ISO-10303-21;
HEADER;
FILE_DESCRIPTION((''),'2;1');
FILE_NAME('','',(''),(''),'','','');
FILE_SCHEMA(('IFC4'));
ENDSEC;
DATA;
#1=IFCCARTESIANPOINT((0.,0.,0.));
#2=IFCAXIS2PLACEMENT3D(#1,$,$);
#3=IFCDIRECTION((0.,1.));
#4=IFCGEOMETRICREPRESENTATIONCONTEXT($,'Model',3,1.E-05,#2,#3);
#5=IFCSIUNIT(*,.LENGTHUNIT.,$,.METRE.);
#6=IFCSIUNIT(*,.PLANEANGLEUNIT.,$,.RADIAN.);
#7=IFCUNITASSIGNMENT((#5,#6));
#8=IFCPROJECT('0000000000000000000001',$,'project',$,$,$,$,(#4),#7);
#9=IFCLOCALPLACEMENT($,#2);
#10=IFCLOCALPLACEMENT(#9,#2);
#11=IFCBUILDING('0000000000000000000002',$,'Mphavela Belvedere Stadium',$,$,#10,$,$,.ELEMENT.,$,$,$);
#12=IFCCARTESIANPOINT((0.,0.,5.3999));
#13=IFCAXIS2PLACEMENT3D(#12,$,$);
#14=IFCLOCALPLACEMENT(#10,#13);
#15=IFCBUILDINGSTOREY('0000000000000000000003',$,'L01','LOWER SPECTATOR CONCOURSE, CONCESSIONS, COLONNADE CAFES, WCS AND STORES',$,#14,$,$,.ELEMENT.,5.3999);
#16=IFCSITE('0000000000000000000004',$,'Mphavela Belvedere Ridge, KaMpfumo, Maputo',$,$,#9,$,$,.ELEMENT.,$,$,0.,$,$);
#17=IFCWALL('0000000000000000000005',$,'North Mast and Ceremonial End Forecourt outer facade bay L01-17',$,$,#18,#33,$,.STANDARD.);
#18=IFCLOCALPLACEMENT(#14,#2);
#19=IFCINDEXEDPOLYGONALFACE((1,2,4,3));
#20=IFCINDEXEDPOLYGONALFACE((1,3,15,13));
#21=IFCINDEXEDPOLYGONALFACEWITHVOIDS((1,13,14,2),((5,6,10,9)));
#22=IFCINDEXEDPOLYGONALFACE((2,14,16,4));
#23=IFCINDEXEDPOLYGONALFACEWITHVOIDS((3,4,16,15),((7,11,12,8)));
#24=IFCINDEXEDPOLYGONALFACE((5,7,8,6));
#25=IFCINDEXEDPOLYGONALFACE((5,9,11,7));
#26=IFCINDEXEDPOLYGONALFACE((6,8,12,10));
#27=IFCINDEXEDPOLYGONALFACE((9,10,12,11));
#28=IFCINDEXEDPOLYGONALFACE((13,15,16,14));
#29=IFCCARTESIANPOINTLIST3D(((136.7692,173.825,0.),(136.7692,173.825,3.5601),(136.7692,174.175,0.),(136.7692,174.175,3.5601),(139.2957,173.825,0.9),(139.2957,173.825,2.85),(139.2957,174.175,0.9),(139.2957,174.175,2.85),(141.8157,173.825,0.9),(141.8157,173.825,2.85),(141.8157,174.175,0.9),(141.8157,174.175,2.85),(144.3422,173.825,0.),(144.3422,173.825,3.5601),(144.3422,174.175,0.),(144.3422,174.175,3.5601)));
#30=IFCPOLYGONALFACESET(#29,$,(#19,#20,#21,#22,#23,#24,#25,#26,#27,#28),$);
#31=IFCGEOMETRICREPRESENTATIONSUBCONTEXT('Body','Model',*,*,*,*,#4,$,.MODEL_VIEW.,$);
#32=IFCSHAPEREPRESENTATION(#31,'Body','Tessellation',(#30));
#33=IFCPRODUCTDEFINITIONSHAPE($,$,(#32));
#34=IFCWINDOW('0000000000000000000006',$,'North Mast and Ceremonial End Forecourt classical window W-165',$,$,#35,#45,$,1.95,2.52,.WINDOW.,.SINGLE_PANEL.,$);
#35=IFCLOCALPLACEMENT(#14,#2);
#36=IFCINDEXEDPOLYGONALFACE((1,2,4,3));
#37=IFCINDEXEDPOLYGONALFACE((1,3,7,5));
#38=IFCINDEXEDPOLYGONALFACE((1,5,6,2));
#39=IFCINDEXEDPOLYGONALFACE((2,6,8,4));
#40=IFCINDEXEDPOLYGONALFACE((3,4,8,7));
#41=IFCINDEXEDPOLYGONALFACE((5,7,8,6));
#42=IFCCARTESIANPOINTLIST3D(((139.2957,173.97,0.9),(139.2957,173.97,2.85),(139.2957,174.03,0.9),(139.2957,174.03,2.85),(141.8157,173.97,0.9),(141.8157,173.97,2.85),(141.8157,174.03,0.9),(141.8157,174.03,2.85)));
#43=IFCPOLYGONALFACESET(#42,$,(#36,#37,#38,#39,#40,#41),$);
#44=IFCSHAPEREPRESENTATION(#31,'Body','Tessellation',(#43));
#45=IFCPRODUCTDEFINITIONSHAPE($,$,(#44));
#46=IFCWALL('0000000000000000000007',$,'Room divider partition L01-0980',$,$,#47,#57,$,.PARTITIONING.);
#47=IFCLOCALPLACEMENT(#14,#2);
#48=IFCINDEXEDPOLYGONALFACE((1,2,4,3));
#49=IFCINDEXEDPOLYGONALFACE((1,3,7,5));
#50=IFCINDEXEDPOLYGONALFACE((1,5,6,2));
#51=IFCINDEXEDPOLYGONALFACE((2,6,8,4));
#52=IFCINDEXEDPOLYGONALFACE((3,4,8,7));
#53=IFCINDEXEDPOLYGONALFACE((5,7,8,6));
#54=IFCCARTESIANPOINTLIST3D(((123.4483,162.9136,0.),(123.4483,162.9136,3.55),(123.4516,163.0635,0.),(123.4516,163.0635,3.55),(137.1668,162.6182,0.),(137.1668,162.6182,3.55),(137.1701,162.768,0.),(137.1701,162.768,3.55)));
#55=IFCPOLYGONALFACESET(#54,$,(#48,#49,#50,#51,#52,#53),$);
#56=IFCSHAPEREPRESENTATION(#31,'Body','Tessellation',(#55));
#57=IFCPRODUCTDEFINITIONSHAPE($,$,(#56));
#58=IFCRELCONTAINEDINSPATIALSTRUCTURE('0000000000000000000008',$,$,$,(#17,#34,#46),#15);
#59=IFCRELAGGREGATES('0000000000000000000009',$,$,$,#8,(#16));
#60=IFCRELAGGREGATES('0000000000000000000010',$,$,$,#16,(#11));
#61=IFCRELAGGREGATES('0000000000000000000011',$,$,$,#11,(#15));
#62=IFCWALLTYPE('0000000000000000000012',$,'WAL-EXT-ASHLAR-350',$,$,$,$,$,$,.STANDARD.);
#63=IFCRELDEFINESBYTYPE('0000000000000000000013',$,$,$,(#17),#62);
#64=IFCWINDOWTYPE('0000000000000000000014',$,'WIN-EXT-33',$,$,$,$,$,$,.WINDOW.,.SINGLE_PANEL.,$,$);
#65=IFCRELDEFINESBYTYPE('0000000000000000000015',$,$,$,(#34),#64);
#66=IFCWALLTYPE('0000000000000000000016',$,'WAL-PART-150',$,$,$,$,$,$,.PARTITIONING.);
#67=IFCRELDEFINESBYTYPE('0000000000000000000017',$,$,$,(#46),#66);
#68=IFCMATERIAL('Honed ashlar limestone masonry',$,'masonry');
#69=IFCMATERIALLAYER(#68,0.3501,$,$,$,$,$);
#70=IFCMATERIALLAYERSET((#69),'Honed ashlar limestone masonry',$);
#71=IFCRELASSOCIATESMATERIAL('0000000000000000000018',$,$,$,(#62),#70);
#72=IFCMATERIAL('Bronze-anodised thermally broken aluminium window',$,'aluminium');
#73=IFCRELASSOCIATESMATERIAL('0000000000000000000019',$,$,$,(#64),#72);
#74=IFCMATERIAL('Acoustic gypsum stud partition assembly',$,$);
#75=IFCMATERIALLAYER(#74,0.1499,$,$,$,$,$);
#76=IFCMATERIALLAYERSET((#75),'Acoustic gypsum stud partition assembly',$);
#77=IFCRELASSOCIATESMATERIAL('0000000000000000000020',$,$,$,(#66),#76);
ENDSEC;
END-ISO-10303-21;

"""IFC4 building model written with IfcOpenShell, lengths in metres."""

from ifc_helpers import new_model, si_unit, direction, frame, frame_2d, origin, place, context, subcontext, project, spatial, rectangle, extrude, material, layer, layer_set, type_object, element, fill, save


model = new_model("IFC4")

# Units and contexts
model_context = context("Model", 3, precision=1e-05, world=origin(), true_north=direction((0.0, 1.0)))
body_context = subcontext(model_context, "Body", "Model", "MODEL_VIEW")
ifc_project = project(units=[si_unit("LENGTHUNIT", "METRE"), si_unit("PLANEANGLEUNIT", "RADIAN")], contexts=[model_context])

# Site, building, storey
site_placement = place(None, origin())
site = spatial("IfcSite", under=ifc_project, at=site_placement, Name="Mphavela Belvedere Ridge, KaMpfumo, Maputo", CompositionType="ELEMENT", RefElevation=0.0)
building_placement = place(site_placement, origin())
building = spatial("IfcBuilding", under=site, at=building_placement, Name="Mphavela Belvedere Stadium", CompositionType="ELEMENT")
storey_placement = place(building_placement, frame((0.0, 0.0, 5.3999)))
storey = spatial("IfcBuildingStorey", under=building, at=storey_placement, Name="L01", Description="LOWER SPECTATOR CONCOURSE, CONCESSIONS, COLONNADE CAFES, WCS AND STORES", CompositionType="ELEMENT", Elevation=5.3999)

# Wall, opening, window
ifc_material_1 = material(Name="Honed ashlar limestone masonry", Category="masonry")
ifc_layer_1 = layer(ifc_material_1, 0.3501)
ifc_layer_set_1 = layer_set([ifc_layer_1], Name="Honed ashlar limestone masonry")
wall_type_1 = type_object("IfcWallType", Name="WAL-EXT-ASHLAR-350", PredefinedType="STANDARD", material=ifc_layer_set_1)
wall_1_placement = place(storey_placement, frame((136.769, 174.0, 0.0), z_axis=(0.0, 0.0, 1.0), x_axis=(1.0, 0.0, 0.0)))
wall_1 = element("IfcWall", 1, at=wall_1_placement, inside=storey, type_object=wall_type_1, Name="North Mast and Ceremonial End Forecourt outer facade bay L01-17", PredefinedType="STANDARD", context=body_context, shape_type="SweptSolid", body=[
    extrude(rectangle(XDim=7.573, YDim=0.3501, at=frame_2d((3.7866, 0.0))), origin(), (0.0, 0.0, 1.0), 3.5601),
])
opening_1_placement = place(wall_1_placement, frame((2.5266, 0.0, 0.8999)))
opening_1 = element("IfcOpeningElement", 2, at=opening_1_placement, cuts=wall_1, PredefinedType="OPENING", context=body_context, shape_type="SweptSolid", body=[
    extrude(rectangle(XDim=2.52, YDim=1.95, at=frame_2d((1.26, 0.9751))), frame((0.0, 0.1851, 0.0), z_axis=(0.0, -1.0, 0.0), x_axis=(1.0, 0.0, 0.0)), (0.0, 0.0, 1.0), 0.3701),
])
ifc_material_2 = material(Name="Bronze-anodised thermally broken aluminium window", Category="aluminium")
window_type_1 = type_object("IfcWindowType", Name="WIN-EXT-33", PartitioningType="SINGLE_PANEL", PredefinedType="WINDOW", material=ifc_material_2)
window_1_placement = place(opening_1_placement, origin())
window_1 = element("IfcWindow", 3, at=window_1_placement, inside=storey, type_object=window_type_1, Name="North Mast and Ceremonial End Forecourt classical window W-165", OverallHeight=1.95, OverallWidth=2.52, PartitioningType="SINGLE_PANEL", PredefinedType="WINDOW", context=body_context, shape_type="SweptSolid", body=[
    extrude(rectangle(XDim=2.52, YDim=1.95, at=frame_2d((1.26, 0.9751))), frame((0.0, 0.03, 0.0), z_axis=(0.0, -1.0, 0.0), x_axis=(1.0, 0.0, 0.0)), (0.0, 0.0, 1.0), 0.0601),
])
fill(opening_1, window_1)

# Wall
ifc_material_3 = material(Name="Acoustic gypsum stud partition assembly")
ifc_layer_2 = layer(ifc_material_3, 0.1499)
ifc_layer_set_2 = layer_set([ifc_layer_2], Name="Acoustic gypsum stud partition assembly")
wall_type_2 = type_object("IfcWallType", Name="WAL-PART-150", PredefinedType="PARTITIONING", material=ifc_layer_set_2)
wall_2_placement = place(storey_placement, frame((137.1685, 162.6931, 0.0), z_axis=(0.0, 0.0, 1.0), x_axis=(-0.999768, 0.021529, 0.0)))
element("IfcWall", 4, at=wall_2_placement, inside=storey, type_object=wall_type_2, Name="Room divider partition L01-0980", PredefinedType="PARTITIONING", context=body_context, shape_type="SweptSolid", body=[
    extrude(rectangle(XDim=13.7217, YDim=0.1499, at=frame_2d((6.8608, 0.0))), origin(), (0.0, 0.0, 1.0), 3.55),
])

save(model, "model.ifc")
